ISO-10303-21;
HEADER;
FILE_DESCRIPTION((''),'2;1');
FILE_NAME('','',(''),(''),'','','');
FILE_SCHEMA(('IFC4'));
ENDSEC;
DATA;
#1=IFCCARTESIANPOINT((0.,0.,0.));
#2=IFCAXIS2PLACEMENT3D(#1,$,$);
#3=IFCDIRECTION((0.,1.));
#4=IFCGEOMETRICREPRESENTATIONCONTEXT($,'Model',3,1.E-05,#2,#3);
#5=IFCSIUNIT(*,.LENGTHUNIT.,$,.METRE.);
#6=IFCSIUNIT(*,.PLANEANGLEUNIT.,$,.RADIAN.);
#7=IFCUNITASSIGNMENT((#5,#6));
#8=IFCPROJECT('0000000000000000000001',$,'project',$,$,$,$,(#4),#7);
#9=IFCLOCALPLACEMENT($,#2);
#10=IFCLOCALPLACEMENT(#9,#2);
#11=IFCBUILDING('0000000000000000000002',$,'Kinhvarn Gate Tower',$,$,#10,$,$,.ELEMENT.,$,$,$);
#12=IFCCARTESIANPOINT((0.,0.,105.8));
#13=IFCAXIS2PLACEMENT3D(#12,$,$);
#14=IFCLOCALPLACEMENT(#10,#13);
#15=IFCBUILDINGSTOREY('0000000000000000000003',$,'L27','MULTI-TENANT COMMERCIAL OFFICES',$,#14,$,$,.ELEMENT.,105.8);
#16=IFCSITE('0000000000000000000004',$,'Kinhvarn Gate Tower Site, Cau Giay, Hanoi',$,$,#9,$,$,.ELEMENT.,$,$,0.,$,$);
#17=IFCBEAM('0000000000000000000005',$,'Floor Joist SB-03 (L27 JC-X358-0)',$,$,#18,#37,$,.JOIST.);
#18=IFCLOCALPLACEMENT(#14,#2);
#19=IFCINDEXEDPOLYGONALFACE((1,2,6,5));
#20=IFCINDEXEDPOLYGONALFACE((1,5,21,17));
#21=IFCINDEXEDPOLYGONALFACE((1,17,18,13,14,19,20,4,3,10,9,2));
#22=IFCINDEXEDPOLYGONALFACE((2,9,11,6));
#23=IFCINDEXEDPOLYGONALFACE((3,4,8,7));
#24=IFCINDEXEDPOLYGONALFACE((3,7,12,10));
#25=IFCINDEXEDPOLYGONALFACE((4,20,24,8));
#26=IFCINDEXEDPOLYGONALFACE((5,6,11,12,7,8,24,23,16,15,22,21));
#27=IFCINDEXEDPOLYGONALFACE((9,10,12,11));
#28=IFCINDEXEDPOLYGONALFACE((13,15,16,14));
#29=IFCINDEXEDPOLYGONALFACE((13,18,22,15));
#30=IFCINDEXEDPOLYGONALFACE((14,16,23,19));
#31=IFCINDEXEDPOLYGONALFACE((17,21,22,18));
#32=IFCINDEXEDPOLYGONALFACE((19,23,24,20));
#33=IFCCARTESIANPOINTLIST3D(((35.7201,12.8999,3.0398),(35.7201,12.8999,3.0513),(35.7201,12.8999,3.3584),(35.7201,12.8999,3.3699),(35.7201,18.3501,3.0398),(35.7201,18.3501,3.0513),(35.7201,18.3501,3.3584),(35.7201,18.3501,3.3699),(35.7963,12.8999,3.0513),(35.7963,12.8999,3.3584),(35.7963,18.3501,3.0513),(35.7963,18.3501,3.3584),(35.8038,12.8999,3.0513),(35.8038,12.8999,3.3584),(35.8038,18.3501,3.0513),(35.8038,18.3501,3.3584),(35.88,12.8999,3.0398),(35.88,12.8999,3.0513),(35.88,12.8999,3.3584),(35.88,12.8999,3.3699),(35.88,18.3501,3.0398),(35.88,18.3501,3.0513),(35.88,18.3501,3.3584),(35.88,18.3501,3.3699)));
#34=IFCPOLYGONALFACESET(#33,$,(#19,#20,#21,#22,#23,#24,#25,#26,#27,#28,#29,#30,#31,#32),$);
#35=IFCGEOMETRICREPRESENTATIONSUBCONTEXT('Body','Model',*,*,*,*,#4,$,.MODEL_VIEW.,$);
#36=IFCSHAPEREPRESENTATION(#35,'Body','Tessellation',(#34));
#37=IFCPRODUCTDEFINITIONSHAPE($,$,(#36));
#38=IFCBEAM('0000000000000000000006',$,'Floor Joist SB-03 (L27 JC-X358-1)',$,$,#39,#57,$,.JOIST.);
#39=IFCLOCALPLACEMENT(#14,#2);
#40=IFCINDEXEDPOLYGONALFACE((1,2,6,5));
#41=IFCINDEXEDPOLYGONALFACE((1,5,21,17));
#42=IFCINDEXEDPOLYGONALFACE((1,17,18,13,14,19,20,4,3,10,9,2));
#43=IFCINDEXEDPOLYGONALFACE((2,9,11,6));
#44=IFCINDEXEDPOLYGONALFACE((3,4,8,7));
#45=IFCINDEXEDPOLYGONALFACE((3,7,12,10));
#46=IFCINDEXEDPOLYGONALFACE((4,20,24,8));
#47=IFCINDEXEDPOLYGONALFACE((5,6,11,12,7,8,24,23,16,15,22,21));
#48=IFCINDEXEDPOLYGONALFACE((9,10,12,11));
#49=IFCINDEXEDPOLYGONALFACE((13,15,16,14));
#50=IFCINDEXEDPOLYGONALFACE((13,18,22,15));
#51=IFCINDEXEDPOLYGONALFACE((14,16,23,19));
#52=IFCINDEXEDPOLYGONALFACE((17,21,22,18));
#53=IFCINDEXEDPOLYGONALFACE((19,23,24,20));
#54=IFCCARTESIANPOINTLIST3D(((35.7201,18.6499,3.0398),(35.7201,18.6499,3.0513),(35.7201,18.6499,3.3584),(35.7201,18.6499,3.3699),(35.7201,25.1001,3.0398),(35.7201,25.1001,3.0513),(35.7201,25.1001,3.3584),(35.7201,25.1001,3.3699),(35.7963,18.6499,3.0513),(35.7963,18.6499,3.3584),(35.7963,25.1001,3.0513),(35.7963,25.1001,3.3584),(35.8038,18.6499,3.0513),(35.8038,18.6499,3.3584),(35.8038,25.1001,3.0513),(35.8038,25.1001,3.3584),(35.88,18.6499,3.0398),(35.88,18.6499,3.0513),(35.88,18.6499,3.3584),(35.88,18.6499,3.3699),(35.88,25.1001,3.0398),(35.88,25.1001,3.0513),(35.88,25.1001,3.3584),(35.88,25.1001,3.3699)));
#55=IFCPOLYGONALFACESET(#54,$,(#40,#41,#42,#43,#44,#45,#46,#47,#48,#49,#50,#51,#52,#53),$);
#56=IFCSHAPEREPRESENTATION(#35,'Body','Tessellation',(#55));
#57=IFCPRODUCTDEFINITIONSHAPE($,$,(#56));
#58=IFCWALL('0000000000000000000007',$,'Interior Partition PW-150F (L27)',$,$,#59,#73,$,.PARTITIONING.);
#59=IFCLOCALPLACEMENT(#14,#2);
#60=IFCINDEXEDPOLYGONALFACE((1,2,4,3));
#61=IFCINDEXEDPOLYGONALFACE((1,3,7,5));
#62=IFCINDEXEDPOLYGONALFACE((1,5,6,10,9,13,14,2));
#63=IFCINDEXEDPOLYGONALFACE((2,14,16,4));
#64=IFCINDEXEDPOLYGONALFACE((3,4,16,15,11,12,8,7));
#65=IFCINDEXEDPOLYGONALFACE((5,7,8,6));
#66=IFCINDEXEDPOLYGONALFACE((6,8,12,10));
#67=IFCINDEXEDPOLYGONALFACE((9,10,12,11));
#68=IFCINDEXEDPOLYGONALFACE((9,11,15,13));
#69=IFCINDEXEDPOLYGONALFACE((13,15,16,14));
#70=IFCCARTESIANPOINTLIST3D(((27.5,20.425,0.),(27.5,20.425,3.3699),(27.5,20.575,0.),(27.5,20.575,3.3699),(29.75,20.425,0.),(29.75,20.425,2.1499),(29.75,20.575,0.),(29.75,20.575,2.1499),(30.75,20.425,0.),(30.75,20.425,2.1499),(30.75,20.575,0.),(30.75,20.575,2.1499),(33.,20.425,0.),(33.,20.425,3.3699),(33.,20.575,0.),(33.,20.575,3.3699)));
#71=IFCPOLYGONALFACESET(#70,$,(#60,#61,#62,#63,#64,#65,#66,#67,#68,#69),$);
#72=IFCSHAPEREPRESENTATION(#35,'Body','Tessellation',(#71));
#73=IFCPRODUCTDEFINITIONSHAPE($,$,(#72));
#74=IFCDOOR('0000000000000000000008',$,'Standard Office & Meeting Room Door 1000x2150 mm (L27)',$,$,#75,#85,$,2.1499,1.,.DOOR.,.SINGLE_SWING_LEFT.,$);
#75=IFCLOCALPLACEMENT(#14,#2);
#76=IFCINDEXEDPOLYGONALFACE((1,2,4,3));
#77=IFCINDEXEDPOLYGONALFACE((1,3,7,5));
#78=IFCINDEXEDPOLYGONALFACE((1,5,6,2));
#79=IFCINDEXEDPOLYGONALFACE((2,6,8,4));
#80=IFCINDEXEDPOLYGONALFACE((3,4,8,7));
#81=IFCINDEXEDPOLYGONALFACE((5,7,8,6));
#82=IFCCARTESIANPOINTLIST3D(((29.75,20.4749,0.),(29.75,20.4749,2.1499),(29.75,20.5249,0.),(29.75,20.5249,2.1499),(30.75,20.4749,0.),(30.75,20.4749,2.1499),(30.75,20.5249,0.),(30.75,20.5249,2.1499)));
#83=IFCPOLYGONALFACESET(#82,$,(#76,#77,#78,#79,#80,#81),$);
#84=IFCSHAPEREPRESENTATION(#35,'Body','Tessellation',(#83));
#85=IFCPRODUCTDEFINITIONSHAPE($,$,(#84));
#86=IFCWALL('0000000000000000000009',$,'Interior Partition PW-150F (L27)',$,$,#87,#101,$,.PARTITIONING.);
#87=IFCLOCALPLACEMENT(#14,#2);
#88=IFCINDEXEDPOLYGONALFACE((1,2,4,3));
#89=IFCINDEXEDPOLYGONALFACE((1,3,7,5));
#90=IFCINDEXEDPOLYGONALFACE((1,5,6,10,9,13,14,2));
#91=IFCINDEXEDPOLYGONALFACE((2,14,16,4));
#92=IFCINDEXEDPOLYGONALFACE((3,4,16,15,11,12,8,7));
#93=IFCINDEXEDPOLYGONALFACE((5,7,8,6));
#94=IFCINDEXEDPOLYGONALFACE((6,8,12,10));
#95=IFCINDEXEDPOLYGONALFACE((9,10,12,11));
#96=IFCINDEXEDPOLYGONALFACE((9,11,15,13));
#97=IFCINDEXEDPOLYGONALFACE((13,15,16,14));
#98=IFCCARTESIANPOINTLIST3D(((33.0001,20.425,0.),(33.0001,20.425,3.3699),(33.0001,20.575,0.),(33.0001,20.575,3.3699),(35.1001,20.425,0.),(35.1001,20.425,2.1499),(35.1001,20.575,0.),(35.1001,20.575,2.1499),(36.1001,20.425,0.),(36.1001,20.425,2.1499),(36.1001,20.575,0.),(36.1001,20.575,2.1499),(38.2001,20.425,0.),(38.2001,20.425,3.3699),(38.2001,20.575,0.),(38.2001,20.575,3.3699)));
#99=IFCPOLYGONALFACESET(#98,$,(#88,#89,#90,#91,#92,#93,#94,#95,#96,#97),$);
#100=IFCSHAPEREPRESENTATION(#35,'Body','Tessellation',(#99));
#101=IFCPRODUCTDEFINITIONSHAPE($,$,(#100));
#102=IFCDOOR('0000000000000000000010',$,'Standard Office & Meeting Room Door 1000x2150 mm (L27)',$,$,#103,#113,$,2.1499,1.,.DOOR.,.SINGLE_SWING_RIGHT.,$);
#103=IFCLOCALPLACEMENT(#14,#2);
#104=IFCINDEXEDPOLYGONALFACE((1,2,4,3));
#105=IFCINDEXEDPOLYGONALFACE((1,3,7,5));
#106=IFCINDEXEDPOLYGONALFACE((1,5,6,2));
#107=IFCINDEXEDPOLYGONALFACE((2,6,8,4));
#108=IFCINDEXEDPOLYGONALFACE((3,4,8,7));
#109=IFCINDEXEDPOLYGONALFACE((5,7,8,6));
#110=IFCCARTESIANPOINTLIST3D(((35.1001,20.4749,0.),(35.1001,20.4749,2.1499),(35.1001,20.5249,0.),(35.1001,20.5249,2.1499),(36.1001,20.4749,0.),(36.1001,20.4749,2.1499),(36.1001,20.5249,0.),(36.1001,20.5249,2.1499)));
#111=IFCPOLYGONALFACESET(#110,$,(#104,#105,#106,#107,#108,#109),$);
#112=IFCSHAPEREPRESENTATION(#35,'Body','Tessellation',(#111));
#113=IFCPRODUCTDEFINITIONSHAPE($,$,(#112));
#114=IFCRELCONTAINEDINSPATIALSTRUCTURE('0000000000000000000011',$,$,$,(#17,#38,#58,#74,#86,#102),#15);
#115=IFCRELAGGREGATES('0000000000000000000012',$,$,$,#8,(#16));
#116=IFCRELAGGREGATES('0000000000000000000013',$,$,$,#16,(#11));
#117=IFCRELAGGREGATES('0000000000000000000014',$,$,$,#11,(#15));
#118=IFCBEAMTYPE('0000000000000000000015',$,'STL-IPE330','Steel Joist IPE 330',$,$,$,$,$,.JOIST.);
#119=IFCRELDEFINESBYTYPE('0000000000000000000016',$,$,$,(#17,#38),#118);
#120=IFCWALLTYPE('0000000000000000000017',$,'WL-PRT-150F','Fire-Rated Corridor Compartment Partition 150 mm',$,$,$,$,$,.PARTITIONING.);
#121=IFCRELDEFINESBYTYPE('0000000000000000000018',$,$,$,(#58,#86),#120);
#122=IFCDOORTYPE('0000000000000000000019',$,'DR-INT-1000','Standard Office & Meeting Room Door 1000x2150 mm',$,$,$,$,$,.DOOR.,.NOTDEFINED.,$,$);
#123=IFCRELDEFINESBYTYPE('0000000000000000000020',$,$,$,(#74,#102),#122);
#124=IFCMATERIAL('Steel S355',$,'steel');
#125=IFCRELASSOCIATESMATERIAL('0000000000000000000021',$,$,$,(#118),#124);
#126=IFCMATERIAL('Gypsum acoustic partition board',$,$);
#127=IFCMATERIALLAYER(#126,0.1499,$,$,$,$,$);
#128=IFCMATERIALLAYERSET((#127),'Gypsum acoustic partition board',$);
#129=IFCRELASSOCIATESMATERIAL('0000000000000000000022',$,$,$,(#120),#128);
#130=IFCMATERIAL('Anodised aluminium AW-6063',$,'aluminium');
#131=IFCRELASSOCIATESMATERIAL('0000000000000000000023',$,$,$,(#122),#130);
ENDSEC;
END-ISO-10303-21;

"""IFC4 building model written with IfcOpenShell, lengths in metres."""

from ifc_helpers import new_model, si_unit, direction, frame, frame_2d, origin, origin_2d, place, context, subcontext, project, spatial, rectangle, i_section, extrude, material, layer, layer_set, material_profile, profile_set, type_object, element, fill, save


model = new_model("IFC4")

# Units and contexts
model_context = context("Model", 3, precision=1e-05, world=origin(), true_north=direction((0.0, 1.0)))
body_context = subcontext(model_context, "Body", "Model", "MODEL_VIEW")
ifc_project = project(units=[si_unit("LENGTHUNIT", "METRE"), si_unit("PLANEANGLEUNIT", "RADIAN")], contexts=[model_context])

# Site, building, storey
site_placement = place(None, origin())
site = spatial("IfcSite", under=ifc_project, at=site_placement, Name="Kinhvarn Gate Tower Site, Cau Giay, Hanoi", CompositionType="ELEMENT", RefElevation=0.0)
building_placement = place(site_placement, origin())
building = spatial("IfcBuilding", under=site, at=building_placement, Name="Kinhvarn Gate Tower", CompositionType="ELEMENT")
storey_placement = place(building_placement, frame((0.0, 0.0, 105.8)))
storey = spatial("IfcBuildingStorey", under=building, at=storey_placement, Name="L27", Description="MULTI-TENANT COMMERCIAL OFFICES", CompositionType="ELEMENT", Elevation=105.8)

# Beams
ifc_material_1 = material(Name="Steel S355", Category="steel")
ifc_material_profile_1 = material_profile(ifc_material_1, i_section(OverallWidth=0.1599, OverallDepth=0.3301, WebThickness=0.0076, FlangeThickness=0.0115, at=origin_2d()), Name="IPE 330")
ifc_profile_set_1 = profile_set([ifc_material_profile_1], Name="Steel S355")
beam_type_1 = type_object("IfcBeamType", Name="STL-IPE330", Description="Steel Joist IPE 330", PredefinedType="JOIST", material=ifc_profile_set_1)
beam_1_placement = place(storey_placement, frame((35.8, 12.8999, 3.2048), z_axis=(0.0, 1.0, 0.0), x_axis=(-1.0, 0.0, 0.0)))
element("IfcBeam", 1, at=beam_1_placement, inside=storey, type_object=beam_type_1, Name="Floor Joist SB-03 (L27 JC-X358-0)", PredefinedType="JOIST", context=body_context, shape_type="SweptSolid", body=[
    extrude(i_section(OverallWidth=0.1599, OverallDepth=0.3301, WebThickness=0.0076, FlangeThickness=0.0115, at=origin_2d()), origin(), (0.0, 0.0, 1.0), 5.4502),
])
beam_2_placement = place(storey_placement, frame((35.8, 18.6499, 3.2048), z_axis=(0.0, 1.0, 0.0), x_axis=(-1.0, 0.0, 0.0)))
element("IfcBeam", 2, at=beam_2_placement, inside=storey, type_object=beam_type_1, Name="Floor Joist SB-03 (L27 JC-X358-1)", PredefinedType="JOIST", context=body_context, shape_type="SweptSolid", body=[
    extrude(i_section(OverallWidth=0.1599, OverallDepth=0.3301, WebThickness=0.0076, FlangeThickness=0.0115, at=origin_2d()), origin(), (0.0, 0.0, 1.0), 6.4502),
])

# Walls, openings, doors
ifc_material_2 = material(Name="Gypsum acoustic partition board")
ifc_layer = layer(ifc_material_2, 0.1499)
ifc_layer_set = layer_set([ifc_layer], Name="Gypsum acoustic partition board")
wall_type = type_object("IfcWallType", Name="WL-PRT-150F", Description="Fire-Rated Corridor Compartment Partition 150 mm", PredefinedType="PARTITIONING", material=ifc_layer_set)
wall_1_placement = place(storey_placement, frame((27.5, 20.5, 0.0), z_axis=(0.0, 0.0, 1.0), x_axis=(1.0, 0.0, 0.0)))
wall_1 = element("IfcWall", 3, at=wall_1_placement, inside=storey, type_object=wall_type, Name="Interior Partition PW-150F (L27)", PredefinedType="PARTITIONING", context=body_context, shape_type="SweptSolid", body=[
    extrude(rectangle(XDim=5.5, YDim=0.1499, at=frame_2d((2.75, 0.0))), origin(), (0.0, 0.0, 1.0), 3.3699),
])
opening_1_placement = place(wall_1_placement, frame((2.25, 0.0, 0.0)))
opening_1 = element("IfcOpeningElement", 4, at=opening_1_placement, cuts=wall_1, PredefinedType="OPENING", context=body_context, shape_type="SweptSolid", body=[
    extrude(rectangle(XDim=1.0, YDim=2.1499, at=frame_2d((0.5, 1.075))), frame((0.0, 0.085, 0.0), z_axis=(0.0, -1.0, 0.0), x_axis=(1.0, 0.0, 0.0)), (0.0, 0.0, 1.0), 0.1699),
])
ifc_material_3 = material(Name="Anodised aluminium AW-6063", Category="aluminium")
door_type = type_object("IfcDoorType", Name="DR-INT-1000", Description="Standard Office & Meeting Room Door 1000x2150 mm", OperationType="NOTDEFINED", PredefinedType="DOOR", material=ifc_material_3)
door_1_placement = place(opening_1_placement, origin())
door_1 = element("IfcDoor", 5, at=door_1_placement, inside=storey, type_object=door_type, Name="Standard Office & Meeting Room Door 1000x2150 mm (L27)", OperationType="SINGLE_SWING_LEFT", OverallHeight=2.1499, OverallWidth=1.0, PredefinedType="DOOR", context=body_context, shape_type="SweptSolid", body=[
    extrude(rectangle(XDim=1.0, YDim=2.1499, at=frame_2d((0.5, 1.075))), frame((0.0, 0.0249, 0.0), z_axis=(0.0, -1.0, 0.0), x_axis=(1.0, 0.0, 0.0)), (0.0, 0.0, 1.0), 0.05),
])
fill(opening_1, door_1)
wall_2_placement = place(storey_placement, frame((33.0, 20.5, 0.0), z_axis=(0.0, 0.0, 1.0), x_axis=(1.0, 0.0, 0.0)))
wall_2 = element("IfcWall", 6, at=wall_2_placement, inside=storey, type_object=wall_type, Name="Interior Partition PW-150F (L27)", PredefinedType="PARTITIONING", context=body_context, shape_type="SweptSolid", body=[
    extrude(rectangle(XDim=5.2, YDim=0.1499, at=frame_2d((2.6001, 0.0))), origin(), (0.0, 0.0, 1.0), 3.3699),
])
opening_2_placement = place(wall_2_placement, frame((2.1001, 0.0, 0.0)))
opening_2 = element("IfcOpeningElement", 7, at=opening_2_placement, cuts=wall_2, PredefinedType="OPENING", context=body_context, shape_type="SweptSolid", body=[
    extrude(rectangle(XDim=1.0, YDim=2.1499, at=frame_2d((0.5, 1.075))), frame((0.0, 0.085, 0.0), z_axis=(0.0, -1.0, 0.0), x_axis=(1.0, 0.0, 0.0)), (0.0, 0.0, 1.0), 0.1699),
])
door_2_placement = place(opening_2_placement, origin())
door_2 = element("IfcDoor", 8, at=door_2_placement, inside=storey, type_object=door_type, Name="Standard Office & Meeting Room Door 1000x2150 mm (L27)", OperationType="SINGLE_SWING_RIGHT", OverallHeight=2.1499, OverallWidth=1.0, PredefinedType="DOOR", context=body_context, shape_type="SweptSolid", body=[
    extrude(rectangle(XDim=1.0, YDim=2.1499, at=frame_2d((0.5, 1.075))), frame((0.0, 0.0249, 0.0), z_axis=(0.0, -1.0, 0.0), x_axis=(1.0, 0.0, 0.0)), (0.0, 0.0, 1.0), 0.05),
])
fill(opening_2, door_2)

save(model, "model.ifc")
